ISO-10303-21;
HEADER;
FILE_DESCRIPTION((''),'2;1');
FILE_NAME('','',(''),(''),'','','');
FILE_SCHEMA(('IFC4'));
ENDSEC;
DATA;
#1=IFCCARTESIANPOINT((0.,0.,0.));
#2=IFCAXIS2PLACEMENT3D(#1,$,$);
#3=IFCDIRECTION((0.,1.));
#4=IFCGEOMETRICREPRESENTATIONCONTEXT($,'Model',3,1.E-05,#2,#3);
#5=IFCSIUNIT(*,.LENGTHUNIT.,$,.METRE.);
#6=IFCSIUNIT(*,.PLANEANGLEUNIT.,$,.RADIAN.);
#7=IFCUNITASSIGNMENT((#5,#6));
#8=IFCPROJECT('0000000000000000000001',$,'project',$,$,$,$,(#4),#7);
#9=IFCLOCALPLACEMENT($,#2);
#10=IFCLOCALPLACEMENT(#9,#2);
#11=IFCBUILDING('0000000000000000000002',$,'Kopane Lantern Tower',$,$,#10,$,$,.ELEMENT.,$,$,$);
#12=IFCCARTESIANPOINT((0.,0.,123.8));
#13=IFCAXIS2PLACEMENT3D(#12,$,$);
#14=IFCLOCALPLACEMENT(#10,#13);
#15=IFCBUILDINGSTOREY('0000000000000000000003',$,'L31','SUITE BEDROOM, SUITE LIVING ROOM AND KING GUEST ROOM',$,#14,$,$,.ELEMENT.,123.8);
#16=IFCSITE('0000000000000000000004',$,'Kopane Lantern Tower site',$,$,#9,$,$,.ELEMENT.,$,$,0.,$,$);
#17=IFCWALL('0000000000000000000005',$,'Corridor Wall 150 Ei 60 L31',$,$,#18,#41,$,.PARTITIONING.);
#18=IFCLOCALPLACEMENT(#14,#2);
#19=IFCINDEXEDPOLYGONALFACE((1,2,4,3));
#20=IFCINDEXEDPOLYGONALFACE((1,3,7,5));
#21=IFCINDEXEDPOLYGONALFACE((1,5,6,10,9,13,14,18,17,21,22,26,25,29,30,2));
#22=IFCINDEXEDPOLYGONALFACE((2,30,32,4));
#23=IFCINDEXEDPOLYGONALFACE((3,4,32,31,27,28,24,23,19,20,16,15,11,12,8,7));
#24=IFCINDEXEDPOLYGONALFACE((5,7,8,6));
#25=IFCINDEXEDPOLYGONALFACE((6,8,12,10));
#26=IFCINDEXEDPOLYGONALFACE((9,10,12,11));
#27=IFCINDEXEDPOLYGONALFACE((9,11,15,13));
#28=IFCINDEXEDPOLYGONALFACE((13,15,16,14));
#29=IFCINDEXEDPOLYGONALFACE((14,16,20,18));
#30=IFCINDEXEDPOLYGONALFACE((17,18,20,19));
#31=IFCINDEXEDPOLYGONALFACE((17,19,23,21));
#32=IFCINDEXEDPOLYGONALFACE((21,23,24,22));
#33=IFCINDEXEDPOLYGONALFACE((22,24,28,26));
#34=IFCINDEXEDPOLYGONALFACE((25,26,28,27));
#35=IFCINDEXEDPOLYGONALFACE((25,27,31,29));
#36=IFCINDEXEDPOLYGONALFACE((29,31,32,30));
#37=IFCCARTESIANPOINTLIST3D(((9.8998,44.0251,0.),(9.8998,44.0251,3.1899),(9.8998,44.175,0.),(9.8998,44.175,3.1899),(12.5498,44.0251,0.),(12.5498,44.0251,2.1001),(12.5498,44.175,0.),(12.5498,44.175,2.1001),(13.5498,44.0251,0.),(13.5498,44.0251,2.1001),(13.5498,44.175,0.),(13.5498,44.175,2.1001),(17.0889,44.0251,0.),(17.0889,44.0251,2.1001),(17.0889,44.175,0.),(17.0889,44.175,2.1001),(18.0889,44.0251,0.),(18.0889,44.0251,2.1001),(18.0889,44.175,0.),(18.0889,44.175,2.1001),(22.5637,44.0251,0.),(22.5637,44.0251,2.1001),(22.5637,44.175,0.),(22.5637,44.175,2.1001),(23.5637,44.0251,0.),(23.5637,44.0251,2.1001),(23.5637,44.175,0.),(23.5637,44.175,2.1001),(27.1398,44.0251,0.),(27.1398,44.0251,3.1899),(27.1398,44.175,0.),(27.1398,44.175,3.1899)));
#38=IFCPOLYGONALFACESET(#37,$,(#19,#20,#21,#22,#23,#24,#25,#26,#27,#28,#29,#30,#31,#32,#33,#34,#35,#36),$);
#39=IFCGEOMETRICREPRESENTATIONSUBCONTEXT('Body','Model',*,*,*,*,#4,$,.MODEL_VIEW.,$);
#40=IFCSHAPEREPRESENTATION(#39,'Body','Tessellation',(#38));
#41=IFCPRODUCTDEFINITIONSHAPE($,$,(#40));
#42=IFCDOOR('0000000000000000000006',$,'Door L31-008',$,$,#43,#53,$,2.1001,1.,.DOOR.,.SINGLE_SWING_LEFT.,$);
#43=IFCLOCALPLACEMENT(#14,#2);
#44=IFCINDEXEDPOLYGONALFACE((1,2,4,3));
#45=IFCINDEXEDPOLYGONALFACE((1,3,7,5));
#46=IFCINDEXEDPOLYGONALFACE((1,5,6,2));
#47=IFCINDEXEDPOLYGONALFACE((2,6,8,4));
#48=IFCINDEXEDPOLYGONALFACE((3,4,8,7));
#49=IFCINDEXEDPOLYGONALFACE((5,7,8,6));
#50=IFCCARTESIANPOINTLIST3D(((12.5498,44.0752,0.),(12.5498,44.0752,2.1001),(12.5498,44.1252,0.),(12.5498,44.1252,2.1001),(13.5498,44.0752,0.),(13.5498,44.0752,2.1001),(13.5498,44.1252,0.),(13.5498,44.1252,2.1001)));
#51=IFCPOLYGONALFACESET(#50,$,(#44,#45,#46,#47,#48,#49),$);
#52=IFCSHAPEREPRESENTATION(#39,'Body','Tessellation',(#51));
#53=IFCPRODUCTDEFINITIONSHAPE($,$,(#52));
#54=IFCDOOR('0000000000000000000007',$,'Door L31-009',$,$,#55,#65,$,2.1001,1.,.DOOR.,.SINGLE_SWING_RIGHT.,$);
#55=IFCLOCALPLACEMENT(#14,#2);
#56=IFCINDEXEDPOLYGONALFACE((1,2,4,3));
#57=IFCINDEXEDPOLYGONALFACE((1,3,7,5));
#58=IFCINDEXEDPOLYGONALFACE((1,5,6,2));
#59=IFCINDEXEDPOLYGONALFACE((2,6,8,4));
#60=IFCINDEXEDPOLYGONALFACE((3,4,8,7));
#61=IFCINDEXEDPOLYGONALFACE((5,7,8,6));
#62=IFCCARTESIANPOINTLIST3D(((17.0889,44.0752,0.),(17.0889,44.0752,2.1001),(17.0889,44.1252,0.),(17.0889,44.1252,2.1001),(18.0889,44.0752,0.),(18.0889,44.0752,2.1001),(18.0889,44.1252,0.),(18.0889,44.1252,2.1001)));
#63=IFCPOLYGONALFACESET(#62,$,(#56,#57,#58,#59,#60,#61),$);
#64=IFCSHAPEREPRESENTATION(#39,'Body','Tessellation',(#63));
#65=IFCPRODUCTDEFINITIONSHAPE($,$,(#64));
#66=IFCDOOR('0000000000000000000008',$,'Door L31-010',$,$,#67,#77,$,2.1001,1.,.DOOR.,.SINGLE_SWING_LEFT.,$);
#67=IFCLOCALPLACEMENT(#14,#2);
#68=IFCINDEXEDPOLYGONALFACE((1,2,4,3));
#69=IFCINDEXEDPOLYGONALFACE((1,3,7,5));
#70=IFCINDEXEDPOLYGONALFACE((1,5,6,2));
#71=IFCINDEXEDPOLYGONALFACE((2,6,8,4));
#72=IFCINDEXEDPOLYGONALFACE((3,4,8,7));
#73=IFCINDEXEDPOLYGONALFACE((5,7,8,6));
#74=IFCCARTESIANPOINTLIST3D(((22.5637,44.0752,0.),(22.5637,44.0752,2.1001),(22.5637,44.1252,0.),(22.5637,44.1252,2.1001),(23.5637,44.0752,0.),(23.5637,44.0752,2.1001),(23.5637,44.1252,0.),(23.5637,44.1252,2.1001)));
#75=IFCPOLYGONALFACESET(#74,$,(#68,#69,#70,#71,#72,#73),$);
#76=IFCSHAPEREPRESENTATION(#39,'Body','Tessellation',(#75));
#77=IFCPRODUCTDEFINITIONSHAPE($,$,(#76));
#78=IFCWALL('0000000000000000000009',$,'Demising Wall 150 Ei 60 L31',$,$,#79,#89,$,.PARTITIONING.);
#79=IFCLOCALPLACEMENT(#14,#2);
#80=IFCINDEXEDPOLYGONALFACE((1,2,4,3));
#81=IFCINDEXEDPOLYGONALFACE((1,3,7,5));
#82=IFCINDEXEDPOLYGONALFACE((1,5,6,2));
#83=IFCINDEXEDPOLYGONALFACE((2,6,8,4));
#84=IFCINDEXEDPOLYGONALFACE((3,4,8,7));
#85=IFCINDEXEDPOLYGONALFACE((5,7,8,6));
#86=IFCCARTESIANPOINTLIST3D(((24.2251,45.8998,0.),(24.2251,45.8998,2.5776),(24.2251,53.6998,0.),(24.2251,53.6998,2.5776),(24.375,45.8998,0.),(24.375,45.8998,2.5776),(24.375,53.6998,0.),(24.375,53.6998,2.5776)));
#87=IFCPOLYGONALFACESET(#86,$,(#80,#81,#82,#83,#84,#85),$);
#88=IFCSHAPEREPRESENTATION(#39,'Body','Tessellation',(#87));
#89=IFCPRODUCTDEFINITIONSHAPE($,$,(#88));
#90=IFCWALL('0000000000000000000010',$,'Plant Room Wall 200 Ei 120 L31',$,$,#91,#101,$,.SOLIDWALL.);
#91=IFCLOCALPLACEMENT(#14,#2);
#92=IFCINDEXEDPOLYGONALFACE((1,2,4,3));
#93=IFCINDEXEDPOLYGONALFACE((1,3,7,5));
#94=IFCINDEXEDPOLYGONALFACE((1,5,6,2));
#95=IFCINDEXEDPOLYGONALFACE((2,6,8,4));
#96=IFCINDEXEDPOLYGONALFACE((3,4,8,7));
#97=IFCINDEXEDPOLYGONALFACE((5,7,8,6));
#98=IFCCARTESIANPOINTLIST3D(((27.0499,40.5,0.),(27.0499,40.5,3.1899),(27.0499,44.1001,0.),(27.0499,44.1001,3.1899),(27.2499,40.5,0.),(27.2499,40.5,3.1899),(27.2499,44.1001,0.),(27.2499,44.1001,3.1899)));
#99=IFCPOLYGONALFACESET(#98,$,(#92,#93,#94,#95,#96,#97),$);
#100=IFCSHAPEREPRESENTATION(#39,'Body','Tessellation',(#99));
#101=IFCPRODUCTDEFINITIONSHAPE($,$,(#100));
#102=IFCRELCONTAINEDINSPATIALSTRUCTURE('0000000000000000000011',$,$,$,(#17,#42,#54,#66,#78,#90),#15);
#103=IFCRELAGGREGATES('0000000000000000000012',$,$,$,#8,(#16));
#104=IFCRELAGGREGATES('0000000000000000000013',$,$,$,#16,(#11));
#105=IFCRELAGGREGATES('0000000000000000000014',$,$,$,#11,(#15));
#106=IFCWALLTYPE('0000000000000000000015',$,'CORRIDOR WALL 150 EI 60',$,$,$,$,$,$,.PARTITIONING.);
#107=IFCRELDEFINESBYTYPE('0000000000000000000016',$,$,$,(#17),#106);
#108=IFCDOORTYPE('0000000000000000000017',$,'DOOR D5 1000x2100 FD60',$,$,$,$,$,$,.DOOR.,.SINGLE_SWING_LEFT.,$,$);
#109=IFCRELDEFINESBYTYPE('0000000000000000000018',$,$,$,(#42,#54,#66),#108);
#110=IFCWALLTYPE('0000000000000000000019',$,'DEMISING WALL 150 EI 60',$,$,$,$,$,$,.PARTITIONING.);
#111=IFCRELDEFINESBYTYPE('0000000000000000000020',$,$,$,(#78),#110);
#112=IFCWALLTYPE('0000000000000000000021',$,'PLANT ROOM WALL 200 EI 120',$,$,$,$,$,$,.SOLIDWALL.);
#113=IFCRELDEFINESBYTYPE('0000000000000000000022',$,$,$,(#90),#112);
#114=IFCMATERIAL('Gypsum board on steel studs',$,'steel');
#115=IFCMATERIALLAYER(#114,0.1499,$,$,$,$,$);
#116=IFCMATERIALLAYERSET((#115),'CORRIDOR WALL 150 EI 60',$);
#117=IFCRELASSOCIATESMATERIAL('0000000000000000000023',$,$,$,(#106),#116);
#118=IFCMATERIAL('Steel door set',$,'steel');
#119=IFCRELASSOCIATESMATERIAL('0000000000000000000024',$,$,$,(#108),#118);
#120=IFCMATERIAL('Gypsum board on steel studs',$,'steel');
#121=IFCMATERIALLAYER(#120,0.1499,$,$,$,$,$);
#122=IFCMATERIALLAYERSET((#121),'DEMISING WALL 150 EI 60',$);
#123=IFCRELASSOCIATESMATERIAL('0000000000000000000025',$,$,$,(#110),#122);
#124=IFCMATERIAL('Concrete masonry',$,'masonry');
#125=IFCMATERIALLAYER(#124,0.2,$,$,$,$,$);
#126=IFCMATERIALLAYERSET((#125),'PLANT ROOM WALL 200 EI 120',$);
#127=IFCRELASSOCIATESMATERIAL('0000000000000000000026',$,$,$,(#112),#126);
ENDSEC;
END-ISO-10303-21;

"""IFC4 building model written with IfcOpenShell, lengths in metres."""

from ifc_helpers import new_model, si_unit, direction, frame, frame_2d, origin, place, context, subcontext, project, spatial, rectangle, extrude, material, layer, layer_set, type_object, element, fill, save


model = new_model("IFC4")

# Units and contexts
model_context = context("Model", 3, precision=1e-05, world=origin(), true_north=direction((0.0, 1.0)))
body_context = subcontext(model_context, "Body", "Model", "MODEL_VIEW")
ifc_project = project(units=[si_unit("LENGTHUNIT", "METRE"), si_unit("PLANEANGLEUNIT", "RADIAN")], contexts=[model_context])

# Site, building, storey
site_placement = place(None, origin())
site = spatial("IfcSite", under=ifc_project, at=site_placement, Name="Kopane Lantern Tower site", CompositionType="ELEMENT", RefElevation=0.0)
building_placement = place(site_placement, origin())
building = spatial("IfcBuilding", under=site, at=building_placement, Name="Kopane Lantern Tower", CompositionType="ELEMENT")
storey_placement = place(building_placement, frame((0.0, 0.0, 123.8)))
storey = spatial("IfcBuildingStorey", under=building, at=storey_placement, Name="L31", Description="SUITE BEDROOM, SUITE LIVING ROOM AND KING GUEST ROOM", CompositionType="ELEMENT", Elevation=123.8)

# Wall, openings, doors
ifc_material_1 = material(Name="Gypsum board on steel studs", Category="steel")
ifc_layer_1 = layer(ifc_material_1, 0.1499)
ifc_layer_set_1 = layer_set([ifc_layer_1], Name="CORRIDOR WALL 150 EI 60")
wall_type_1 = type_object("IfcWallType", Name="CORRIDOR WALL 150 EI 60", PredefinedType="PARTITIONING", material=ifc_layer_set_1)
wall_1_placement = place(storey_placement, frame((27.1399, 44.1001, 0.0), z_axis=(0.0, 0.0, 1.0), x_axis=(-1.0, 0.0, 0.0)))
wall_1 = element("IfcWall", 1, at=wall_1_placement, inside=storey, type_object=wall_type_1, Name="Corridor Wall 150 Ei 60 L31", PredefinedType="PARTITIONING", context=body_context, shape_type="SweptSolid", body=[
    extrude(rectangle(XDim=17.24, YDim=0.1499, at=frame_2d((8.6201, 0.0))), origin(), (0.0, 0.0, 1.0), 3.1899),
])
opening_1_placement = place(wall_1_placement, frame((13.5901, 0.0, 0.0)))
opening_1 = element("IfcOpeningElement", 2, at=opening_1_placement, cuts=wall_1, PredefinedType="OPENING", context=body_context, shape_type="SweptSolid", body=[
    extrude(rectangle(XDim=1.0, YDim=2.1001, at=frame_2d((0.5, 1.05))), frame((0.0, 0.085, 0.0), z_axis=(0.0, -1.0, 0.0), x_axis=(1.0, 0.0, 0.0)), (0.0, 0.0, 1.0), 0.1699),
])
opening_2_placement = place(wall_1_placement, frame((9.051, 0.0, 0.0)))
opening_2 = element("IfcOpeningElement", 3, at=opening_2_placement, cuts=wall_1, PredefinedType="OPENING", context=body_context, shape_type="SweptSolid", body=[
    extrude(rectangle(XDim=1.0, YDim=2.1001, at=frame_2d((0.5, 1.05))), frame((0.0, 0.085, 0.0), z_axis=(0.0, -1.0, 0.0), x_axis=(1.0, 0.0, 0.0)), (0.0, 0.0, 1.0), 0.1699),
])
opening_3_placement = place(wall_1_placement, frame((3.5762, 0.0, 0.0)))
opening_3 = element("IfcOpeningElement", 4, at=opening_3_placement, cuts=wall_1, PredefinedType="OPENING", context=body_context, shape_type="SweptSolid", body=[
    extrude(rectangle(XDim=1.0, YDim=2.1001, at=frame_2d((0.5, 1.05))), frame((0.0, 0.085, 0.0), z_axis=(0.0, -1.0, 0.0), x_axis=(1.0, 0.0, 0.0)), (0.0, 0.0, 1.0), 0.1699),
])
ifc_material_2 = material(Name="Steel door set", Category="steel")
door_type_1 = type_object("IfcDoorType", Name="DOOR D5 1000x2100 FD60", OperationType="SINGLE_SWING_LEFT", PredefinedType="DOOR", material=ifc_material_2)
door_1_placement = place(opening_1_placement, origin())
door_1 = element("IfcDoor", 5, at=door_1_placement, inside=storey, type_object=door_type_1, Name="Door L31-008", OperationType="SINGLE_SWING_LEFT", OverallHeight=2.1001, OverallWidth=1.0, PredefinedType="DOOR", context=body_context, shape_type="SweptSolid", body=[
    extrude(rectangle(XDim=1.0, YDim=2.1001, at=frame_2d((0.5, 1.05))), frame((0.0, 0.0249, 0.0), z_axis=(0.0, -1.0, 0.0), x_axis=(1.0, 0.0, 0.0)), (0.0, 0.0, 1.0), 0.05),
])
fill(opening_1, door_1)
door_2_placement = place(opening_2_placement, origin())
door_2 = element("IfcDoor", 6, at=door_2_placement, inside=storey, type_object=door_type_1, Name="Door L31-009", OperationType="SINGLE_SWING_RIGHT", OverallHeight=2.1001, OverallWidth=1.0, PredefinedType="DOOR", context=body_context, shape_type="SweptSolid", body=[
    extrude(rectangle(XDim=1.0, YDim=2.1001, at=frame_2d((0.5, 1.05))), frame((0.0, 0.0249, 0.0), z_axis=(0.0, -1.0, 0.0), x_axis=(1.0, 0.0, 0.0)), (0.0, 0.0, 1.0), 0.05),
])
fill(opening_2, door_2)
door_3_placement = place(opening_3_placement, origin())
door_3 = element("IfcDoor", 7, at=door_3_placement, inside=storey, type_object=door_type_1, Name="Door L31-010", OperationType="SINGLE_SWING_LEFT", OverallHeight=2.1001, OverallWidth=1.0, PredefinedType="DOOR", context=body_context, shape_type="SweptSolid", body=[
    extrude(rectangle(XDim=1.0, YDim=2.1001, at=frame_2d((0.5, 1.05))), frame((0.0, 0.0249, 0.0), z_axis=(0.0, -1.0, 0.0), x_axis=(1.0, 0.0, 0.0)), (0.0, 0.0, 1.0), 0.05),
])
fill(opening_3, door_3)

# Walls
ifc_material_3 = material(Name="Gypsum board on steel studs", Category="steel")
ifc_layer_2 = layer(ifc_material_3, 0.1499)
ifc_layer_set_2 = layer_set([ifc_layer_2], Name="DEMISING WALL 150 EI 60")
wall_type_2 = type_object("IfcWallType", Name="DEMISING WALL 150 EI 60", PredefinedType="PARTITIONING", material=ifc_layer_set_2)
wall_2_placement = place(storey_placement, frame((24.3, 45.8999, 0.0), z_axis=(0.0, 0.0, 1.0), x_axis=(0.0, 1.0, 0.0)))
element("IfcWall", 8, at=wall_2_placement, inside=storey, type_object=wall_type_2, Name="Demising Wall 150 Ei 60 L31", PredefinedType="PARTITIONING", context=body_context, shape_type="SweptSolid", body=[
    extrude(rectangle(XDim=7.8, YDim=0.1499, at=frame_2d((3.8999, 0.0))), origin(), (0.0, 0.0, 1.0), 2.5776),
])
ifc_material_4 = material(Name="Concrete masonry", Category="masonry")
ifc_layer_3 = layer(ifc_material_4, 0.2)
ifc_layer_set_3 = layer_set([ifc_layer_3], Name="PLANT ROOM WALL 200 EI 120")
wall_type_3 = type_object("IfcWallType", Name="PLANT ROOM WALL 200 EI 120", PredefinedType="SOLIDWALL", material=ifc_layer_set_3)
wall_3_placement = place(storey_placement, frame((27.1499, 40.5, 0.0), z_axis=(0.0, 0.0, 1.0), x_axis=(0.0, 1.0, 0.0)))
element("IfcWall", 9, at=wall_3_placement, inside=storey, type_object=wall_type_3, Name="Plant Room Wall 200 Ei 120 L31", PredefinedType="SOLIDWALL", context=body_context, shape_type="SweptSolid", body=[
    extrude(rectangle(XDim=3.6001, YDim=0.2, at=frame_2d((1.8, 0.0))), origin(), (0.0, 0.0, 1.0), 3.1899),
])

save(model, "model.ifc")
